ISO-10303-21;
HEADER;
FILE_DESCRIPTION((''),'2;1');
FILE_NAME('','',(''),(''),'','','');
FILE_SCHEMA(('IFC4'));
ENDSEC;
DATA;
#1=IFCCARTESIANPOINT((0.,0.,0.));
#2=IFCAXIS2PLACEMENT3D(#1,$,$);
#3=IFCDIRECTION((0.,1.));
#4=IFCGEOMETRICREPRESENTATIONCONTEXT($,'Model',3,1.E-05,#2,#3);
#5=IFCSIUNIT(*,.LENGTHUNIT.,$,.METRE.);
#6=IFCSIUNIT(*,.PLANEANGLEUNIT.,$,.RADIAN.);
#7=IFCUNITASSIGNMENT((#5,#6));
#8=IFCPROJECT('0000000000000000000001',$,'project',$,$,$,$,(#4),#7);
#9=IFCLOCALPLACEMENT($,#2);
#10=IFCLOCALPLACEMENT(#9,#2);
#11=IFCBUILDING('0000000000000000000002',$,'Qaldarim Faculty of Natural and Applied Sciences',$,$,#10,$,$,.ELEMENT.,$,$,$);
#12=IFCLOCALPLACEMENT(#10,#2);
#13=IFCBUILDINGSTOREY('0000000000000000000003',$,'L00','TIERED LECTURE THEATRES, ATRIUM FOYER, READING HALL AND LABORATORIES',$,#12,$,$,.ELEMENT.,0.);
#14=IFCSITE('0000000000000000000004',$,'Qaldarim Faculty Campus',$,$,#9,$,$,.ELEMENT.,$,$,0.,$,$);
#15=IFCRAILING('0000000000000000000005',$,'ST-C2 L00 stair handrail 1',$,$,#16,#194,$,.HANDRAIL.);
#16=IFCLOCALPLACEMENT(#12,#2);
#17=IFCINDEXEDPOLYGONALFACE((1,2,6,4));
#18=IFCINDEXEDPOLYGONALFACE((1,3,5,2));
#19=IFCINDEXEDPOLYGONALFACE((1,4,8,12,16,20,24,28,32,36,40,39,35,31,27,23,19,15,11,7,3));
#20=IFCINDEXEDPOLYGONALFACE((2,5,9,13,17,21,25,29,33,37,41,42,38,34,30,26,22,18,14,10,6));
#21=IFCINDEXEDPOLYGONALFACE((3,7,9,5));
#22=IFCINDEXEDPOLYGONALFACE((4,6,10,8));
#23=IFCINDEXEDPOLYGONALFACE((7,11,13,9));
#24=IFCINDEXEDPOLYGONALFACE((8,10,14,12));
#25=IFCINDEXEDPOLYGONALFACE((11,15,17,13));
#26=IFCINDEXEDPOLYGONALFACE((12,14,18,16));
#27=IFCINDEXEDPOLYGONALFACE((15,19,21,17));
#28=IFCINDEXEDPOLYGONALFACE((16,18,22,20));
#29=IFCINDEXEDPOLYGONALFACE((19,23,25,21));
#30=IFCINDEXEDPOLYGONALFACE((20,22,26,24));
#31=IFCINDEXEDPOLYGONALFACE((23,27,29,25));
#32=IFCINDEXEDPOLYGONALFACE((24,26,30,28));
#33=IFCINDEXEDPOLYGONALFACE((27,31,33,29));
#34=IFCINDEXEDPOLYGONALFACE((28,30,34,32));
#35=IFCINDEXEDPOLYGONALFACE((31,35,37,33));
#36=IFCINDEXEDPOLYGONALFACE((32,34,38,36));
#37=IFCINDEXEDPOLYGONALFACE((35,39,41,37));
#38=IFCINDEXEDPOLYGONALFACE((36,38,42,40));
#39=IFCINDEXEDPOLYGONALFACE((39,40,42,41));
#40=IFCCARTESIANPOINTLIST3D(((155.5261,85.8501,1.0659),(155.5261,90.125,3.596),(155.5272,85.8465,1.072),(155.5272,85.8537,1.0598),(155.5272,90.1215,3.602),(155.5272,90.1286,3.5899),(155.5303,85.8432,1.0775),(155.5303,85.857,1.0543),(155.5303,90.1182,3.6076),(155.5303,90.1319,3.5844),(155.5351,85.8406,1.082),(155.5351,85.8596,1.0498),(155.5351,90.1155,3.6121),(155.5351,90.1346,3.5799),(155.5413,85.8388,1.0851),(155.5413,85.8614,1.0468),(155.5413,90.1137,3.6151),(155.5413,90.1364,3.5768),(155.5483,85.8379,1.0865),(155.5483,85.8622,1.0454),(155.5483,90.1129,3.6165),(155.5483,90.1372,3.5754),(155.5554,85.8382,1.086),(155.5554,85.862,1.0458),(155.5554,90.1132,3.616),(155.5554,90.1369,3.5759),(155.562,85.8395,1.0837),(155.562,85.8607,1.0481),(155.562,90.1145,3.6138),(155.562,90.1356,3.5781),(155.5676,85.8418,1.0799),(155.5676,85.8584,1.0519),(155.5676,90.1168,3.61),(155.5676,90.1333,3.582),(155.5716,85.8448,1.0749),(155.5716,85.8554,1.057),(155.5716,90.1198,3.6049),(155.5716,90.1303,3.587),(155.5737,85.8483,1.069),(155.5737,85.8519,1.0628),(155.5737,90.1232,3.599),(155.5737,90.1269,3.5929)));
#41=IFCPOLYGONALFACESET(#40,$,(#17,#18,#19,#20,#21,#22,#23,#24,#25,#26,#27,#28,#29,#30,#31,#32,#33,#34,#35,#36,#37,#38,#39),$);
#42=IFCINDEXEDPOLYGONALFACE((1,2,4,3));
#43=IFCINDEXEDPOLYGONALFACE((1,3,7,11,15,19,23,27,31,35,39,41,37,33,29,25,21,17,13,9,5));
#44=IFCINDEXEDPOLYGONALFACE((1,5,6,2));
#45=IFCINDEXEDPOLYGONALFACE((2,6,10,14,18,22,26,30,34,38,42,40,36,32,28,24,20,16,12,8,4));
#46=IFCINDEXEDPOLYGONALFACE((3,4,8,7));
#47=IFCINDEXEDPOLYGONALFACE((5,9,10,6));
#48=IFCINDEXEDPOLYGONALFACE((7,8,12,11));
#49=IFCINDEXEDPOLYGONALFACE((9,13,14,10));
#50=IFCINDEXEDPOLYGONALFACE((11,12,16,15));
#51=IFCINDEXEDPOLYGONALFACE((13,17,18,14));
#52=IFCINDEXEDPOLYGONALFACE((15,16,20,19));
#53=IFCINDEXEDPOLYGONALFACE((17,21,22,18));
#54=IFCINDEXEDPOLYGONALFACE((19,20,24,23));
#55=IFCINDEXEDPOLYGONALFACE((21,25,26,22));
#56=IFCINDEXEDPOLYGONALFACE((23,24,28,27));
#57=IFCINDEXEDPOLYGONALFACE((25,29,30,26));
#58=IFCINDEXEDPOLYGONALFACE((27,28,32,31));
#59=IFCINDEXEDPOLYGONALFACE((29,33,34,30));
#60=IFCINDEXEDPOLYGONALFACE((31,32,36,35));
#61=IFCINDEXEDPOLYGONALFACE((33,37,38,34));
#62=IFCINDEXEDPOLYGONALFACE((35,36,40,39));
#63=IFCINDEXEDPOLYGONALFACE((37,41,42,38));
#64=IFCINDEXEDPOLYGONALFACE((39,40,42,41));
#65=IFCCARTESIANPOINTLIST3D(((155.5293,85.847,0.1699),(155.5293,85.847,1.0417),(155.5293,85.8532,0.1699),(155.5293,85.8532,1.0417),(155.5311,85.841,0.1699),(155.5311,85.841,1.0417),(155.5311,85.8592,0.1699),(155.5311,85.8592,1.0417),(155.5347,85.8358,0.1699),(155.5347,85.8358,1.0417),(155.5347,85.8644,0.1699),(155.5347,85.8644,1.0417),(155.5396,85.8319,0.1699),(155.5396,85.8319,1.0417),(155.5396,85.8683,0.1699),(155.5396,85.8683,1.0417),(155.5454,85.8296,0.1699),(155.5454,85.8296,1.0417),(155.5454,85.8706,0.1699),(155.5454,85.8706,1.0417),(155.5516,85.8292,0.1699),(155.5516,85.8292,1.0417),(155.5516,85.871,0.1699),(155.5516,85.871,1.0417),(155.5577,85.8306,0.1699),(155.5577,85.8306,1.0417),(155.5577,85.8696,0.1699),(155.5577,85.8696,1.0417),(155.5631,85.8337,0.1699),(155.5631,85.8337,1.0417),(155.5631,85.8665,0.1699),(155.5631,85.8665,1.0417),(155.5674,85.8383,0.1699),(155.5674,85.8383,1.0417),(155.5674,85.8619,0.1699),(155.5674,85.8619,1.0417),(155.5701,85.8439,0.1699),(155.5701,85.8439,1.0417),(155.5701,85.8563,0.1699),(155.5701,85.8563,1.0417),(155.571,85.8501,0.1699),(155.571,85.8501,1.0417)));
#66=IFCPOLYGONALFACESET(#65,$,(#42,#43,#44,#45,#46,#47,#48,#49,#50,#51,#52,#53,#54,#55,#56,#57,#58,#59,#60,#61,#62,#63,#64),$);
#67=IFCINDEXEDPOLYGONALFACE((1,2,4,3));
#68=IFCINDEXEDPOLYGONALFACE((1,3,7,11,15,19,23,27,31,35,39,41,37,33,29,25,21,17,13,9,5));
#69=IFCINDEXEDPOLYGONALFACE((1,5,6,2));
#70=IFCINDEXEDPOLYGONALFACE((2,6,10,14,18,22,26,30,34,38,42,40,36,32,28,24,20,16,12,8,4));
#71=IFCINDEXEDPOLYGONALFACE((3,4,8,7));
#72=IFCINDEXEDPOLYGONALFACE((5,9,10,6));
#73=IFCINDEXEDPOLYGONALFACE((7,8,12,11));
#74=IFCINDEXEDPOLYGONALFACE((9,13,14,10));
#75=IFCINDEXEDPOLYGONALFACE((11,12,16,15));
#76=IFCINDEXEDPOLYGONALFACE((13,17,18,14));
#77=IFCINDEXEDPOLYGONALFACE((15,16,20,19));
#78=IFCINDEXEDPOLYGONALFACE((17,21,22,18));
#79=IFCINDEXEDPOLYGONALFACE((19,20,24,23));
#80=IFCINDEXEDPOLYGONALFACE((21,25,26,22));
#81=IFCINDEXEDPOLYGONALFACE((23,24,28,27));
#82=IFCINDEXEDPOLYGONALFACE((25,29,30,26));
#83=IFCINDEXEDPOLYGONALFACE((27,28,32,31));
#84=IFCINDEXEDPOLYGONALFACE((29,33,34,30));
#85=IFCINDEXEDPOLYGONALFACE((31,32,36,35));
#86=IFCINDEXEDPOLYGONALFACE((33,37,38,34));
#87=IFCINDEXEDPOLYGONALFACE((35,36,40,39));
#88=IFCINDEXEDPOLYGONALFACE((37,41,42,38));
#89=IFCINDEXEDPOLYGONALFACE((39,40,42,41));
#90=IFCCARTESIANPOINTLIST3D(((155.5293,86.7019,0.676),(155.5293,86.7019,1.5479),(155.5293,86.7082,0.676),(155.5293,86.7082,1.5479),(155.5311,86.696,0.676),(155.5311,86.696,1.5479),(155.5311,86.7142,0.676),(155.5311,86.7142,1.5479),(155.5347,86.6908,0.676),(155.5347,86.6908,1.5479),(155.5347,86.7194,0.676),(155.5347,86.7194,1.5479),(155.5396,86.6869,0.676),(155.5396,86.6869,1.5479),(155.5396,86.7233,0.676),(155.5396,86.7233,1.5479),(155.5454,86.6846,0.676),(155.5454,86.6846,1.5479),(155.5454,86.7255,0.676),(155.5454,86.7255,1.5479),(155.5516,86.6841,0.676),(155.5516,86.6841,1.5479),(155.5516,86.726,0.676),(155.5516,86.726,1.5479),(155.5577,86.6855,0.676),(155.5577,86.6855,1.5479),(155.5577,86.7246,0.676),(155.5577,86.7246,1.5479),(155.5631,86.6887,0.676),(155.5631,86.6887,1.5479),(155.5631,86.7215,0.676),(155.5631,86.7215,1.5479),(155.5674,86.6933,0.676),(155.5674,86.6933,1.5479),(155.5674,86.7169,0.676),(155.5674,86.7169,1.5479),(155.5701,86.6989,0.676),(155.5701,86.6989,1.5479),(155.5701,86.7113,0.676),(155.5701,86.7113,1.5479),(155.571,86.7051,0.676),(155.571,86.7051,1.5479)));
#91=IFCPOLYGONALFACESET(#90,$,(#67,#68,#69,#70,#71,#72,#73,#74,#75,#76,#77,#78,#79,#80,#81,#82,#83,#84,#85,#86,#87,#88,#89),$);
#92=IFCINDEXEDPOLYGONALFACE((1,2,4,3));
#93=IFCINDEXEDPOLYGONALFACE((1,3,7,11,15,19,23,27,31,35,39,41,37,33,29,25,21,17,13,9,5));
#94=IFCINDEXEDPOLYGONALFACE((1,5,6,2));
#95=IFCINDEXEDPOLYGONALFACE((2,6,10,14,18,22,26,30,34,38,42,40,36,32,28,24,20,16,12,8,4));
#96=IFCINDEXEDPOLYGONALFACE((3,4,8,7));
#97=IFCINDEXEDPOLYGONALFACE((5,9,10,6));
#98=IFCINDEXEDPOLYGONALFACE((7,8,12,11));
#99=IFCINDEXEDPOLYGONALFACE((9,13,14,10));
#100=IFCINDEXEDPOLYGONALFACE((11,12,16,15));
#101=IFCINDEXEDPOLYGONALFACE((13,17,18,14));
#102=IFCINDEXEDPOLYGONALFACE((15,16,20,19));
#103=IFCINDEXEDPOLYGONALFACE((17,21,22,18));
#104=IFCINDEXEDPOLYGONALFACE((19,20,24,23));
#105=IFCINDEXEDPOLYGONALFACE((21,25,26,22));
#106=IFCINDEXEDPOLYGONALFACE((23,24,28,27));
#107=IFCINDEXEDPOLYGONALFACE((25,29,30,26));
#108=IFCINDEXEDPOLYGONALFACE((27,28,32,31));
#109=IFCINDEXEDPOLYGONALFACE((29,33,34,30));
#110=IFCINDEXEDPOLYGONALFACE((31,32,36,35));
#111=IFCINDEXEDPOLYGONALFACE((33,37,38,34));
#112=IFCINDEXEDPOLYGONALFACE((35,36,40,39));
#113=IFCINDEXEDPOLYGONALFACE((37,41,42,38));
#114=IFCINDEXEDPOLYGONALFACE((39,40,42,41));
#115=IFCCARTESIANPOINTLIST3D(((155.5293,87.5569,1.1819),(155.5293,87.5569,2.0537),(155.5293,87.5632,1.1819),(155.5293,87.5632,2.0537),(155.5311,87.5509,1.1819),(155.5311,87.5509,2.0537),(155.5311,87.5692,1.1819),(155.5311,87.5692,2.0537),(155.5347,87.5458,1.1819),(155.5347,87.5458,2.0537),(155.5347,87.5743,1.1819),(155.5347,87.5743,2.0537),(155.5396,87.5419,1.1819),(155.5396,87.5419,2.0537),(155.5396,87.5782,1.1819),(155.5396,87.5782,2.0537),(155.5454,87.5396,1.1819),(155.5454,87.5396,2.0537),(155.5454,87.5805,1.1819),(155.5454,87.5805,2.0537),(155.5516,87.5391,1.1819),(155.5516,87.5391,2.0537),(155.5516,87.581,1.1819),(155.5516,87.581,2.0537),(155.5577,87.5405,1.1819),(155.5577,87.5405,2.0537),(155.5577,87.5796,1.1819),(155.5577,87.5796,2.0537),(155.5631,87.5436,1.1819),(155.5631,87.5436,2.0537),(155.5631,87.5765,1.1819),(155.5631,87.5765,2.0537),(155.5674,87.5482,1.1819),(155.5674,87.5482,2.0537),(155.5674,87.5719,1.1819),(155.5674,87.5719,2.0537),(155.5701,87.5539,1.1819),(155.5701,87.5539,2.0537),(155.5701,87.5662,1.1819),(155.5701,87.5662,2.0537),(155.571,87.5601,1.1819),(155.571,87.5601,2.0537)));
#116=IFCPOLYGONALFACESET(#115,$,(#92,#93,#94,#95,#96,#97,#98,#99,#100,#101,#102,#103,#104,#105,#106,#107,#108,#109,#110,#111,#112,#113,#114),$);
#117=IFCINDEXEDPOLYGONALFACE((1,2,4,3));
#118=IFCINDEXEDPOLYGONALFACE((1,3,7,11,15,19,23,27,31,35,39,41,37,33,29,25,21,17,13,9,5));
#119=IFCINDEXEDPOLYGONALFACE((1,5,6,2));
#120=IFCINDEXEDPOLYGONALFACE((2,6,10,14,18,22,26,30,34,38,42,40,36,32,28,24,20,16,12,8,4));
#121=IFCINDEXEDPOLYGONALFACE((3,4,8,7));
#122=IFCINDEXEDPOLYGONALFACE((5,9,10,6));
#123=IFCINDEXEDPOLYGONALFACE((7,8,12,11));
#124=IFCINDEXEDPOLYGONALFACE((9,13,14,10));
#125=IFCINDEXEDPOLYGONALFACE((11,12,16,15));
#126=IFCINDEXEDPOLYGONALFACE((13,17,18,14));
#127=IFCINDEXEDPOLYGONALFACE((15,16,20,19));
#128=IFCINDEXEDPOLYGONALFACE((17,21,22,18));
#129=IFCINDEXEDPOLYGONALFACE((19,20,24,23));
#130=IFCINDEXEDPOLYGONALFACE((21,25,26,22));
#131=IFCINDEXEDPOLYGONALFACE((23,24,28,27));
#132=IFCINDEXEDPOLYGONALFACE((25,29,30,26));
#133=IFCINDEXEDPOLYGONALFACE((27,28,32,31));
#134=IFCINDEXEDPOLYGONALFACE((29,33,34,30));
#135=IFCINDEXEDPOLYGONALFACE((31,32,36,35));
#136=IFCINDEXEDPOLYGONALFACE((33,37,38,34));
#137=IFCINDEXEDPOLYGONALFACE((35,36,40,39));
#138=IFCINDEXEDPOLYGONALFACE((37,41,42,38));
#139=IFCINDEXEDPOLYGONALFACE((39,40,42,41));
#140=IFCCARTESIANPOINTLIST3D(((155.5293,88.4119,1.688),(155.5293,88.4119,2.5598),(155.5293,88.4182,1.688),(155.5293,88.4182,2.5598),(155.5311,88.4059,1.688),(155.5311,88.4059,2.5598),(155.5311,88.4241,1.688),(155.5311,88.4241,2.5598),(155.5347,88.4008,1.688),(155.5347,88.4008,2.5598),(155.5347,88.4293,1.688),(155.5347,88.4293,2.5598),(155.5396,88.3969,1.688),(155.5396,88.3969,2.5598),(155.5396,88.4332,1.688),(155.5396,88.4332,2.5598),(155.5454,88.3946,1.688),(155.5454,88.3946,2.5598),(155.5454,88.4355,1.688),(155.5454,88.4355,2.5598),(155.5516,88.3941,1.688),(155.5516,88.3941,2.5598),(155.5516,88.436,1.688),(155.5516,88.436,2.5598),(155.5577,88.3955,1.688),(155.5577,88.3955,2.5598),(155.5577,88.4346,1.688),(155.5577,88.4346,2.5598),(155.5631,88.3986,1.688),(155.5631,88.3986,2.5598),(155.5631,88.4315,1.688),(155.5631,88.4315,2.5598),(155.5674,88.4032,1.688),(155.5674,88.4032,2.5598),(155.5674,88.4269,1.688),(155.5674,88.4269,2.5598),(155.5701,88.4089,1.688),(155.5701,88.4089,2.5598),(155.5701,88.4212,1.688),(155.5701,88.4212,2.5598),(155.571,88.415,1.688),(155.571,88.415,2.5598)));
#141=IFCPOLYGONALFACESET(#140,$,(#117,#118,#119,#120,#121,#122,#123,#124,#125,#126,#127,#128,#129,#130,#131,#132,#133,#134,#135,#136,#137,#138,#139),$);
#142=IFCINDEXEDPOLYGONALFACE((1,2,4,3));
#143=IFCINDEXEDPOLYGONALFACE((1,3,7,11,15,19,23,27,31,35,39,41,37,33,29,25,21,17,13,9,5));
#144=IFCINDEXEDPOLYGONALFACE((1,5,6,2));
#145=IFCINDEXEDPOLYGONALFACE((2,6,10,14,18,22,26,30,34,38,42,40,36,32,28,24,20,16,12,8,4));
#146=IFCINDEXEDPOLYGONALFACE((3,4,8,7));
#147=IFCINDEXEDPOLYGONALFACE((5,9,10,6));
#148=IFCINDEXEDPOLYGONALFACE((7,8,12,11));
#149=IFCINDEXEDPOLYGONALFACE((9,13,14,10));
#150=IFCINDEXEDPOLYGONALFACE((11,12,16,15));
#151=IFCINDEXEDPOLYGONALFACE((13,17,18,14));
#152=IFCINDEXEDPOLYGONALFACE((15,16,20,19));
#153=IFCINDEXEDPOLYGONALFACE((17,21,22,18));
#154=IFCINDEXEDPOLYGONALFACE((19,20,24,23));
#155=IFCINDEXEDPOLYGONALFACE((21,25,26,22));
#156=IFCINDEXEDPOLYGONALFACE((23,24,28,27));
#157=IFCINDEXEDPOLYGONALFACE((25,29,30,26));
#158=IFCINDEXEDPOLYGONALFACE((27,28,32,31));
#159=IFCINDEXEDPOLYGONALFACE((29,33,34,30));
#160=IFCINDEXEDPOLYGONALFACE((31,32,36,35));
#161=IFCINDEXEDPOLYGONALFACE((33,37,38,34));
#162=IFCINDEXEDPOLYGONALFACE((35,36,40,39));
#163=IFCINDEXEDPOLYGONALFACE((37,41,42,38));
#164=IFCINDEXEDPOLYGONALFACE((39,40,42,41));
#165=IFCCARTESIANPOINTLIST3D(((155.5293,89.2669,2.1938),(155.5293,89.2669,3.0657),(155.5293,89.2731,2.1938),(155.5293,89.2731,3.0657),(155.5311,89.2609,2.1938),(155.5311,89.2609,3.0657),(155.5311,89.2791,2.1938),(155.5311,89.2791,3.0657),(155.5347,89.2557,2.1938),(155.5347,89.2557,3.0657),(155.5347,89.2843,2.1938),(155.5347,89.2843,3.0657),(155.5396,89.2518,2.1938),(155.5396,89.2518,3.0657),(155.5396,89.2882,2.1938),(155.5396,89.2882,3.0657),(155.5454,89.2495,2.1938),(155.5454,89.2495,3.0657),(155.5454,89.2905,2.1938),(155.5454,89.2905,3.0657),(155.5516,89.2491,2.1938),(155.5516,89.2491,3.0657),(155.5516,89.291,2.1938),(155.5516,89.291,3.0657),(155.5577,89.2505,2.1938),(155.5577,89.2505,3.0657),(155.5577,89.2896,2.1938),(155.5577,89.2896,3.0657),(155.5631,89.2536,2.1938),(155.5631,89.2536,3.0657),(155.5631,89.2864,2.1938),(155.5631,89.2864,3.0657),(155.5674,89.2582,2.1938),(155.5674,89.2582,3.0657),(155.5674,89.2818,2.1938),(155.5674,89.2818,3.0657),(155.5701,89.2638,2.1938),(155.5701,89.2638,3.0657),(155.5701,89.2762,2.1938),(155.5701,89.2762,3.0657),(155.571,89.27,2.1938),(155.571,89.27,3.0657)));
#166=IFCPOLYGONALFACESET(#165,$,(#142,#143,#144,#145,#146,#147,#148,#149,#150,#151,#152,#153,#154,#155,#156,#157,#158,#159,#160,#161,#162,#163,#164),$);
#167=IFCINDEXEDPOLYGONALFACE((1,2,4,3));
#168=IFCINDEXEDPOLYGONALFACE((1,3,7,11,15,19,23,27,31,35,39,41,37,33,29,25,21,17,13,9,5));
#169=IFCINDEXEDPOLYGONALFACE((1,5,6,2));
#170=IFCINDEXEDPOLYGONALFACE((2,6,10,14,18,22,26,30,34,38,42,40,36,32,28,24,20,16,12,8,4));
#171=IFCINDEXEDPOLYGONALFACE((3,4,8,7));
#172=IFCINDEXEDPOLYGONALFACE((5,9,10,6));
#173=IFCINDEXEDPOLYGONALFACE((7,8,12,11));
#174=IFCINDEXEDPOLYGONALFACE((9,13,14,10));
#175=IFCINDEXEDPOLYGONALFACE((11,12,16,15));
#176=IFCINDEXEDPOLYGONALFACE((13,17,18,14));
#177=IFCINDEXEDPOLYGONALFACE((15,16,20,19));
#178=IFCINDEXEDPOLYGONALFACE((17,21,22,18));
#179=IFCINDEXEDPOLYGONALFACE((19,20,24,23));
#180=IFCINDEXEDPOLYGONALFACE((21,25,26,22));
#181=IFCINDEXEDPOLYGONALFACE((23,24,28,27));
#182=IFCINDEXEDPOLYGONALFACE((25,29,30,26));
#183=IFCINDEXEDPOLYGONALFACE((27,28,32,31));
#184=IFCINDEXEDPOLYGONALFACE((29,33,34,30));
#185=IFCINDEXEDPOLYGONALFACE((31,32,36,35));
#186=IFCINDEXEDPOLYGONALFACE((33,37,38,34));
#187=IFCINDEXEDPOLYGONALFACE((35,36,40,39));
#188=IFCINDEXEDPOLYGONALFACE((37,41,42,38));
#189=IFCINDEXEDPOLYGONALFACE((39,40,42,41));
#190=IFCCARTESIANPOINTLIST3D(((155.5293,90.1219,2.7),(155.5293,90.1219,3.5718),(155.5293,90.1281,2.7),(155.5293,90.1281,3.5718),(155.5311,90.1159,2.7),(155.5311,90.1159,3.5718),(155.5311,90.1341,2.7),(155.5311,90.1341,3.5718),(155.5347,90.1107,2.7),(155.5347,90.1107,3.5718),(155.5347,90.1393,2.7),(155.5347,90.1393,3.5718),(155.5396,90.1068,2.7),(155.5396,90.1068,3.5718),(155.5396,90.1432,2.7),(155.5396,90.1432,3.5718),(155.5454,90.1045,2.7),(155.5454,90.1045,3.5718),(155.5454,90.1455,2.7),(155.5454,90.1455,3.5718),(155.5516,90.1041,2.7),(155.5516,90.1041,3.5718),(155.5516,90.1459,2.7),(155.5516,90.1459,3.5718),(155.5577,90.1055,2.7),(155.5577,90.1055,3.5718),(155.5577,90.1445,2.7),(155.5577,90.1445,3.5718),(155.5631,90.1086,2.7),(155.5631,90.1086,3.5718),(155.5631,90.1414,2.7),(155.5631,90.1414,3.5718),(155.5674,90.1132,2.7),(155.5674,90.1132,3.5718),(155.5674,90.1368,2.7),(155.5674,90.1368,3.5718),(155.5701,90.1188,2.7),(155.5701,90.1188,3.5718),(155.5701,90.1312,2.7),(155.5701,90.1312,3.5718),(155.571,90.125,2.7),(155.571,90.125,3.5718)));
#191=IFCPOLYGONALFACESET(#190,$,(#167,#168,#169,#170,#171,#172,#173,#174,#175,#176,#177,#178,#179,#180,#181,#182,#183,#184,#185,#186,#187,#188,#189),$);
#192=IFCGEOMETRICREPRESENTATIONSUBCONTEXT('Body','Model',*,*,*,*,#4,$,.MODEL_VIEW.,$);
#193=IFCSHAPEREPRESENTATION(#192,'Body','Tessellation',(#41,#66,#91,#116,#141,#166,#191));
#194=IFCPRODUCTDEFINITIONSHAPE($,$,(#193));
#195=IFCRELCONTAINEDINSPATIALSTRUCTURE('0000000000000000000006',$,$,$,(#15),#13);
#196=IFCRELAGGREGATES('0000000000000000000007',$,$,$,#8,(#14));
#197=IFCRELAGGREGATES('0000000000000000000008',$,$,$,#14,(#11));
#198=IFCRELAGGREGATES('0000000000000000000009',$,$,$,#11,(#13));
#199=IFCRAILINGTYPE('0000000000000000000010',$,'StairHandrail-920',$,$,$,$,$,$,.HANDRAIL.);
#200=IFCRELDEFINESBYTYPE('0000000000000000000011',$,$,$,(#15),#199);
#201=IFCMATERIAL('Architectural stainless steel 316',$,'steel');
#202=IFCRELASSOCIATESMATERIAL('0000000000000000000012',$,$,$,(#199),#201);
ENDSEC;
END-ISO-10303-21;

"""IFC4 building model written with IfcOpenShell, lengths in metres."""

from ifc_helpers import new_model, si_unit, direction, frame, origin, origin_2d, place, context, subcontext, project, spatial, circle, extrude, material, type_object, element, save


model = new_model("IFC4")

# Units and contexts
model_context = context("Model", 3, precision=1e-05, world=origin(), true_north=direction((0.0, 1.0)))
body_context = subcontext(model_context, "Body", "Model", "MODEL_VIEW")
ifc_project = project(units=[si_unit("LENGTHUNIT", "METRE"), si_unit("PLANEANGLEUNIT", "RADIAN")], contexts=[model_context])

# Site, building, storey
site_placement = place(None, origin())
site = spatial("IfcSite", under=ifc_project, at=site_placement, Name="Qaldarim Faculty Campus", CompositionType="ELEMENT", RefElevation=0.0)
building_placement = place(site_placement, origin())
building = spatial("IfcBuilding", under=site, at=building_placement, Name="Qaldarim Faculty of Natural and Applied Sciences", CompositionType="ELEMENT")
storey_placement = place(building_placement, origin())
storey = spatial("IfcBuildingStorey", under=building, at=storey_placement, Name="L00", Description="TIERED LECTURE THEATRES, ATRIUM FOYER, READING HALL AND LABORATORIES", CompositionType="ELEMENT", Elevation=0.0)

# Railing
ifc_material_1 = material(Name="Architectural stainless steel 316", Category="steel")
railing_type_1 = type_object("IfcRailingType", Name="StairHandrail-920", PredefinedType="HANDRAIL", material=ifc_material_1)
railing_1_placement = place(storey_placement, frame((155.55, 85.8501, 0.1699)))
element("IfcRailing", 1, at=railing_1_placement, inside=storey, type_object=railing_type_1, Name="ST-C2 L00 stair handrail 1", PredefinedType="HANDRAIL", context=body_context, shape_type="SweptSolid", body=[
    extrude(circle(Radius=0.0239, at=origin_2d()), frame((0.0, 0.0, 0.896), z_axis=(0.0, 0.860578, 0.509319), x_axis=(-1.0, 0.0, 0.0)), (0.0, 0.0, 1.0), 4.9675),
    extrude(circle(Radius=0.021, at=origin_2d()), origin(), (0.0, 0.0, 1.0), 0.8718),
    extrude(circle(Radius=0.021, at=origin_2d()), frame((0.0, 0.855, 0.5061)), (0.0, 0.0, 1.0), 0.8718),
    extrude(circle(Radius=0.021, at=origin_2d()), frame((0.0, 1.71, 1.012)), (0.0, 0.0, 1.0), 0.8718),
    extrude(circle(Radius=0.021, at=origin_2d()), frame((0.0, 2.5649, 1.5181)), (0.0, 0.0, 1.0), 0.8718),
    extrude(circle(Radius=0.021, at=origin_2d()), frame((0.0, 3.4199, 2.0239)), (0.0, 0.0, 1.0), 0.8718),
    extrude(circle(Radius=0.021, at=origin_2d()), frame((0.0, 4.2749, 2.53)), (0.0, 0.0, 1.0), 0.8718),
])

save(model, "model.ifc")
